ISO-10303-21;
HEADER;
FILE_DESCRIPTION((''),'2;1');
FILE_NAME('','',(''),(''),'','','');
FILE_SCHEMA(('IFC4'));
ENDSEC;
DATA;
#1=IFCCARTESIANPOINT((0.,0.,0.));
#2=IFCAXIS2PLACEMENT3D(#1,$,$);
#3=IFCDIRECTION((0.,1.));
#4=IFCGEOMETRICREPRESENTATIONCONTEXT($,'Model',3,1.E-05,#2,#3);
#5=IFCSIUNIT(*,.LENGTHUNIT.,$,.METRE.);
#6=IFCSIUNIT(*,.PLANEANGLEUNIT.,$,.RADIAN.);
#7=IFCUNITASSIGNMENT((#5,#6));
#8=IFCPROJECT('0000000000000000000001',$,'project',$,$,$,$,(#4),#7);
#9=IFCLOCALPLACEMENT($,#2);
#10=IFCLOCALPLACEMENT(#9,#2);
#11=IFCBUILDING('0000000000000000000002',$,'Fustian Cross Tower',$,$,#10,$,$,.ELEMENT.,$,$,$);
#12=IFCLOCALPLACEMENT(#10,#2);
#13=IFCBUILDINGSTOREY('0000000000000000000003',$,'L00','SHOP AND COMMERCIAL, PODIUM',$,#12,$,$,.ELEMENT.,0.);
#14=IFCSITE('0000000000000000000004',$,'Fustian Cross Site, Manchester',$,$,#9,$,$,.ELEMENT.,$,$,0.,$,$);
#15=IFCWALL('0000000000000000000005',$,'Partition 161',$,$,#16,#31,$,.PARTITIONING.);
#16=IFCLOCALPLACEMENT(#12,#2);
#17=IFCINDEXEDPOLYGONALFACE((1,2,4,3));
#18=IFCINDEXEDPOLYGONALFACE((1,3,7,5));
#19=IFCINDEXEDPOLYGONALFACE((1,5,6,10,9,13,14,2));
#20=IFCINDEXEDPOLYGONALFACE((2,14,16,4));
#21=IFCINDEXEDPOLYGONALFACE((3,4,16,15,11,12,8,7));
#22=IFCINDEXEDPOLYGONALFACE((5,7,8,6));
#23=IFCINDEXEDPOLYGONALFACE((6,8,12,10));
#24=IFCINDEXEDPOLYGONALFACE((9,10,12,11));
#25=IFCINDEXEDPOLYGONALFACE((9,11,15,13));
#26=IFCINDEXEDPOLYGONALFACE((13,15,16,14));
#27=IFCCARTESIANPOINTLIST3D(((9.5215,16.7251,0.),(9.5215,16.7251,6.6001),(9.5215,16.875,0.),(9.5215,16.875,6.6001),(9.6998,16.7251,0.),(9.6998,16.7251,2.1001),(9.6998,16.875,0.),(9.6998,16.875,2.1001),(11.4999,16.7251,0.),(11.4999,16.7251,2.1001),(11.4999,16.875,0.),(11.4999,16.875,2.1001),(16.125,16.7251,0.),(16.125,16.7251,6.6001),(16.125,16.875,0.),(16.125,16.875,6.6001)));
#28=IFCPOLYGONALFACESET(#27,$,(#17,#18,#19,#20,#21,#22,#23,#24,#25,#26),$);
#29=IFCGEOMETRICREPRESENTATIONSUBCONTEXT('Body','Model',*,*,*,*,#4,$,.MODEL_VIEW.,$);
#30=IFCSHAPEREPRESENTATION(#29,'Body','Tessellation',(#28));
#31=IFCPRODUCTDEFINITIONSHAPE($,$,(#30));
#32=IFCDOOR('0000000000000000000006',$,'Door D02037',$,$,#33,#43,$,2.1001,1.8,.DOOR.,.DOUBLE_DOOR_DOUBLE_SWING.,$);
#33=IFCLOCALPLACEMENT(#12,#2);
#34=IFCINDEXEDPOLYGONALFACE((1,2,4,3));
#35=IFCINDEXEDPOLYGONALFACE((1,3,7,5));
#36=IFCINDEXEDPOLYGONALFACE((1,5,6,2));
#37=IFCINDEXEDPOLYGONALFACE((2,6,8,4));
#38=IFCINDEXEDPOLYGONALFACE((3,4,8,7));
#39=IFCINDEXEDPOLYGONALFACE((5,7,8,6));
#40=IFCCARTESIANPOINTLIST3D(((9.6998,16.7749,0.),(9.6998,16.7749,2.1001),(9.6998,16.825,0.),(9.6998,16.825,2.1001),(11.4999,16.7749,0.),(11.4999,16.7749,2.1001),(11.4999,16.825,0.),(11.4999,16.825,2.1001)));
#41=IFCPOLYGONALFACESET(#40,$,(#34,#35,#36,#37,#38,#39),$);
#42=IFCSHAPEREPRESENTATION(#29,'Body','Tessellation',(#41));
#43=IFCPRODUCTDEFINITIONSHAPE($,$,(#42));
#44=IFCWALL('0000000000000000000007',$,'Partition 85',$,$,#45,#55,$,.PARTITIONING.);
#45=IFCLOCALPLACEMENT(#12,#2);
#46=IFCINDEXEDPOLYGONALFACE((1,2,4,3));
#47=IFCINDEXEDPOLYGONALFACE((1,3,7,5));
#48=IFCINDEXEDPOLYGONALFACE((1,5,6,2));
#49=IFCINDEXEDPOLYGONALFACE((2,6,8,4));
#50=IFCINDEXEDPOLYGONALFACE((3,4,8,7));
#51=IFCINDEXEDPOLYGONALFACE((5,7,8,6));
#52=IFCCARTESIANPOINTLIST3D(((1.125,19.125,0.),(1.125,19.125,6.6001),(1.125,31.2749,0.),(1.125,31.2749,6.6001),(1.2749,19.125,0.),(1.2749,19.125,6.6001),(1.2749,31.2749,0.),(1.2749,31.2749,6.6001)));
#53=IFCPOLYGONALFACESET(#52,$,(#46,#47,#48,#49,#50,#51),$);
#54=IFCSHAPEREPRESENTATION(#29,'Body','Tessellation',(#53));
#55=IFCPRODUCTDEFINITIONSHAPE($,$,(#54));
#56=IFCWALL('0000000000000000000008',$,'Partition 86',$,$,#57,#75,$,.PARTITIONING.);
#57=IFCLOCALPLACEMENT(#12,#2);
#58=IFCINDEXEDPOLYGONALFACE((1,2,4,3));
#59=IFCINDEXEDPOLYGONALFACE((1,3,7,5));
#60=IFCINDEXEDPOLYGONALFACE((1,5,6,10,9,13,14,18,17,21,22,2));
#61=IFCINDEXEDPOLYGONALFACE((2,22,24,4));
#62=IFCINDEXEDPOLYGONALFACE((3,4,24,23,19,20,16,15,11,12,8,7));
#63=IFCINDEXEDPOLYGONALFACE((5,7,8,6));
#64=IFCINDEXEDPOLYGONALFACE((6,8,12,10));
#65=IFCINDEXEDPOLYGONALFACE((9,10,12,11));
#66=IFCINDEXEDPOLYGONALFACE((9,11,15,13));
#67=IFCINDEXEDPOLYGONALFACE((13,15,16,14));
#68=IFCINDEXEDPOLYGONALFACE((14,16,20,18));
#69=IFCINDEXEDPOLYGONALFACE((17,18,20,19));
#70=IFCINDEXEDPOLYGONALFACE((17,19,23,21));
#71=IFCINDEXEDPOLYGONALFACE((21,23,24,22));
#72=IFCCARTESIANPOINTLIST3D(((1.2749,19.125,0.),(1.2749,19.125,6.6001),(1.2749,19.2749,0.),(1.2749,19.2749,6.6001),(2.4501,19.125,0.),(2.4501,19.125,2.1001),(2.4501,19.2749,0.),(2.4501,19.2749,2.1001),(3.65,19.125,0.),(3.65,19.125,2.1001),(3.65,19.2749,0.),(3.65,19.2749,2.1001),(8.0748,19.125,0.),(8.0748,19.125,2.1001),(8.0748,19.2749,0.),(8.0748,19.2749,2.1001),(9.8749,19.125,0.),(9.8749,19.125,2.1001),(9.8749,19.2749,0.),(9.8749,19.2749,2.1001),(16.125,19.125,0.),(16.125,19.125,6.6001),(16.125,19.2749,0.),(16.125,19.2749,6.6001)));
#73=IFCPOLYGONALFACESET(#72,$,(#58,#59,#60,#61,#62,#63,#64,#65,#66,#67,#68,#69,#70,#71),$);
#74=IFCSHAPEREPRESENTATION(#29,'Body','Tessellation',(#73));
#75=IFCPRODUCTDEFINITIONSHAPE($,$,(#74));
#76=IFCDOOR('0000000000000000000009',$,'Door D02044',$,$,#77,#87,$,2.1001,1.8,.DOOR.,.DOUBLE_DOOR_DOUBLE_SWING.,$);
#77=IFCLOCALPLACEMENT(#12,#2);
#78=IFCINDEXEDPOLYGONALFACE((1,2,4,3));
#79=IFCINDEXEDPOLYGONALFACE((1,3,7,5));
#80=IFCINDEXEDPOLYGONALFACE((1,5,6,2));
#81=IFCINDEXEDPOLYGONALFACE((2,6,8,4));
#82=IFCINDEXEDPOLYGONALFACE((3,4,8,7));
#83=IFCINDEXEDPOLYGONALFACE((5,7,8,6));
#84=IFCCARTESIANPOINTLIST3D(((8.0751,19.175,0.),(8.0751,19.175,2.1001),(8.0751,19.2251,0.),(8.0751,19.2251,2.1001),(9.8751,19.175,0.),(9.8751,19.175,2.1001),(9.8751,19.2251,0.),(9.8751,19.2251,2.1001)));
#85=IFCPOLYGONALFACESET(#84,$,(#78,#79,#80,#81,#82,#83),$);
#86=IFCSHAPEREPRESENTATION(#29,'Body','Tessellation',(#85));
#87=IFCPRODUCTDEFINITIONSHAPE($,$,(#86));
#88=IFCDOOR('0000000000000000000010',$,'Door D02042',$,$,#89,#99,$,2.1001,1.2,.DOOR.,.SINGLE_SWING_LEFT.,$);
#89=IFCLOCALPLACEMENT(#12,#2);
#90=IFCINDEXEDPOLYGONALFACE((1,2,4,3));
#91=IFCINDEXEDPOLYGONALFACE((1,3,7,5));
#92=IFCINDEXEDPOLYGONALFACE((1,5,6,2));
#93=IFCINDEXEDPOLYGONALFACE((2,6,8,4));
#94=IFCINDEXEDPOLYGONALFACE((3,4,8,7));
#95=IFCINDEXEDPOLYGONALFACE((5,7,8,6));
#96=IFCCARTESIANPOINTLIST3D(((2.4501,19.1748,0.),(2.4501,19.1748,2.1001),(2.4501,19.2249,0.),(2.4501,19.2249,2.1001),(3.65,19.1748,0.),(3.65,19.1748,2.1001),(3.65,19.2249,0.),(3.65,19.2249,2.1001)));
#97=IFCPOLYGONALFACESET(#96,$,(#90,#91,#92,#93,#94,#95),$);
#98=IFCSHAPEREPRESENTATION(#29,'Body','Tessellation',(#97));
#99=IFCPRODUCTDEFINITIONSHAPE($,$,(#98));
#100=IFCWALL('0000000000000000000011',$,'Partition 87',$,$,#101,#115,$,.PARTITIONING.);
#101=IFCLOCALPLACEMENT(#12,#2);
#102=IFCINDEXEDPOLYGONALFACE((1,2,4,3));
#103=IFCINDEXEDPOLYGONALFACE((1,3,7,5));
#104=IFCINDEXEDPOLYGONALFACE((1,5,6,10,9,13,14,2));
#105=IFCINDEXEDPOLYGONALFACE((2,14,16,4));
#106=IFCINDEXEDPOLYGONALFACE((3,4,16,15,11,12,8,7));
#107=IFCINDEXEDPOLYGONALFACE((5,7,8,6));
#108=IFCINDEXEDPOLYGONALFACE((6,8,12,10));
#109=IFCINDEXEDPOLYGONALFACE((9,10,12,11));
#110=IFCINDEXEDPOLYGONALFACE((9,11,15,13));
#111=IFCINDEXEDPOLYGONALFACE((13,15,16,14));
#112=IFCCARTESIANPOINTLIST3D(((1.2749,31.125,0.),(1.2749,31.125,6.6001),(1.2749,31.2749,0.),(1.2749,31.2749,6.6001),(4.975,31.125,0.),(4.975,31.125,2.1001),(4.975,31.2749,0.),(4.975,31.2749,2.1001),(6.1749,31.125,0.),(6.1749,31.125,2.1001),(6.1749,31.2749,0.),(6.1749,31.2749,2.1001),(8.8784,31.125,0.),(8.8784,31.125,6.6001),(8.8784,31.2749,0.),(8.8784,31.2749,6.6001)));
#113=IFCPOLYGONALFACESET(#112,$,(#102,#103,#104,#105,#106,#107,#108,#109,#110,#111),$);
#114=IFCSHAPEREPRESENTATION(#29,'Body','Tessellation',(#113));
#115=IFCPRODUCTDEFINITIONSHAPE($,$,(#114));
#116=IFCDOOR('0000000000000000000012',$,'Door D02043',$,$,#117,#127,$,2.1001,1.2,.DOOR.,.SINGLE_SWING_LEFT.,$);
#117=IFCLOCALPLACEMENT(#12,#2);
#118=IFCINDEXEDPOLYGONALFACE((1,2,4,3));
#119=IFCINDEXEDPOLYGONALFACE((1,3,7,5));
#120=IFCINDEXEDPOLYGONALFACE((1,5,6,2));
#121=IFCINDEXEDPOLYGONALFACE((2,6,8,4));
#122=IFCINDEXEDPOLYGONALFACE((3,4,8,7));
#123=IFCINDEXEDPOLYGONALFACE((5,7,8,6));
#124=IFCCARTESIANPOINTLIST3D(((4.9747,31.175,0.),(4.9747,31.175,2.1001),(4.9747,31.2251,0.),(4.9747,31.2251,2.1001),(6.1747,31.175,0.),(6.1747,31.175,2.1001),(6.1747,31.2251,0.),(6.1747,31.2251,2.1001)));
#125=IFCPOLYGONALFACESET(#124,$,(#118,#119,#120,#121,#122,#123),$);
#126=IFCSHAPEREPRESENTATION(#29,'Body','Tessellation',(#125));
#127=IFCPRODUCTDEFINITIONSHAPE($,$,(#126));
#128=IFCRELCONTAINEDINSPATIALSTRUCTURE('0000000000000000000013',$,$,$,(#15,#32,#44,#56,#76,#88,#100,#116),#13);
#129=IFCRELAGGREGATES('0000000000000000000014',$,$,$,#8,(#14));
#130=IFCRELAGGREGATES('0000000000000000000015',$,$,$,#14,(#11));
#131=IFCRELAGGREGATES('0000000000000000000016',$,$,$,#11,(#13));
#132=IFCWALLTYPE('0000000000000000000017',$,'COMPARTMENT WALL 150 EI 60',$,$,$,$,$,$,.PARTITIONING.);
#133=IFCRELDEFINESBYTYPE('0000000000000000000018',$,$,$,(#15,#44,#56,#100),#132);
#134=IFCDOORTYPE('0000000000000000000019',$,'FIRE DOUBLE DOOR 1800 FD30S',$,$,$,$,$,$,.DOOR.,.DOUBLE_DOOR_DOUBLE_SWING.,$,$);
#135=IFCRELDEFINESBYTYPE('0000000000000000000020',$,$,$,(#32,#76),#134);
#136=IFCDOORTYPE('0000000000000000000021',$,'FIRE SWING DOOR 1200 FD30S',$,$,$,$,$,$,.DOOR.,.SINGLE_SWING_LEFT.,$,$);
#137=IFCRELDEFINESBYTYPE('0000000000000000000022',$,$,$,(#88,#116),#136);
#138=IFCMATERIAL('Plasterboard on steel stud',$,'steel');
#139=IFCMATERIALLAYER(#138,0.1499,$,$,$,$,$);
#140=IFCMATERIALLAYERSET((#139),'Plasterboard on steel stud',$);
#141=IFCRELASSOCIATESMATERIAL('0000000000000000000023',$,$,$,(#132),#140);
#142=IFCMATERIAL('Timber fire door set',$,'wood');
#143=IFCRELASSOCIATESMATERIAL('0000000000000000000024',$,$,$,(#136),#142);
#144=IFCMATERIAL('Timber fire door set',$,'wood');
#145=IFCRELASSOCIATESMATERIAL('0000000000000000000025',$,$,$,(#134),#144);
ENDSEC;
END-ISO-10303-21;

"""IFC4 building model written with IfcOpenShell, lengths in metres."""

from ifc_helpers import new_model, si_unit, direction, frame, frame_2d, origin, place, context, subcontext, project, spatial, rectangle, extrude, material, layer, layer_set, type_object, element, fill, save


model = new_model("IFC4")

# Units and contexts
model_context = context("Model", 3, precision=1e-05, world=origin(), true_north=direction((0.0, 1.0)))
body_context = subcontext(model_context, "Body", "Model", "MODEL_VIEW")
ifc_project = project(units=[si_unit("LENGTHUNIT", "METRE"), si_unit("PLANEANGLEUNIT", "RADIAN")], contexts=[model_context])

# Site, building, storey
site_placement = place(None, origin())
site = spatial("IfcSite", under=ifc_project, at=site_placement, Name="Fustian Cross Site, Manchester", CompositionType="ELEMENT", RefElevation=0.0)
building_placement = place(site_placement, origin())
building = spatial("IfcBuilding", under=site, at=building_placement, Name="Fustian Cross Tower", CompositionType="ELEMENT")
storey_placement = place(building_placement, origin())
storey = spatial("IfcBuildingStorey", under=building, at=storey_placement, Name="L00", Description="SHOP AND COMMERCIAL, PODIUM", CompositionType="ELEMENT", Elevation=0.0)

# Wall, opening, door
ifc_material_1 = material(Name="Plasterboard on steel stud", Category="steel")
ifc_layer = layer(ifc_material_1, 0.1499)
ifc_layer_set = layer_set([ifc_layer], Name="Plasterboard on steel stud")
wall_type = type_object("IfcWallType", Name="COMPARTMENT WALL 150 EI 60", PredefinedType="PARTITIONING", material=ifc_layer_set)
ifc_material_2 = material(Name="Timber fire door set", Category="wood")
door_type_1 = type_object("IfcDoorType", Name="FIRE SWING DOOR 1200 FD30S", OperationType="SINGLE_SWING_LEFT", PredefinedType="DOOR", material=ifc_material_2)
wall_1_placement = place(storey_placement, frame((9.5215, 16.8, 0.0), z_axis=(0.0, 0.0, 1.0), x_axis=(1.0, 0.0, 0.0)))
wall_1 = element("IfcWall", 1, at=wall_1_placement, inside=storey, type_object=wall_type, Name="Partition 161", PredefinedType="PARTITIONING", context=body_context, shape_type="SweptSolid", body=[
    extrude(rectangle(XDim=6.6035, YDim=0.1499, at=frame_2d((3.3018, 0.0))), origin(), (0.0, 0.0, 1.0), 6.6001),
])
opening_1_placement = place(wall_1_placement, frame((0.1785, 0.0, 0.0)))
opening_1 = element("IfcOpeningElement", 2, at=opening_1_placement, cuts=wall_1, PredefinedType="OPENING", context=body_context, shape_type="SweptSolid", body=[
    extrude(rectangle(XDim=1.8, YDim=2.1001, at=frame_2d((0.8999, 1.05))), frame((0.0, 0.085, 0.0), z_axis=(0.0, -1.0, 0.0), x_axis=(1.0, 0.0, 0.0)), (0.0, 0.0, 1.0), 0.1699),
])
ifc_material_3 = material(Name="Timber fire door set", Category="wood")
door_type_2 = type_object("IfcDoorType", Name="FIRE DOUBLE DOOR 1800 FD30S", OperationType="DOUBLE_DOOR_DOUBLE_SWING", PredefinedType="DOOR", material=ifc_material_3)
door_1_placement = place(opening_1_placement, origin())
door_1 = element("IfcDoor", 3, at=door_1_placement, inside=storey, type_object=door_type_2, Name="Door D02037", OperationType="DOUBLE_DOOR_DOUBLE_SWING", OverallHeight=2.1001, OverallWidth=1.8, PredefinedType="DOOR", context=body_context, shape_type="SweptSolid", body=[
    extrude(rectangle(XDim=1.8, YDim=2.1001, at=frame_2d((0.8999, 1.05))), frame((0.0, 0.0249, 0.0), z_axis=(0.0, -1.0, 0.0), x_axis=(1.0, 0.0, 0.0)), (0.0, 0.0, 1.0), 0.05),
])
fill(opening_1, door_1)

# Wall
wall_2_placement = place(storey_placement, frame((1.2, 19.125, 0.0), z_axis=(0.0, 0.0, 1.0), x_axis=(0.0, 1.0, 0.0)))
element("IfcWall", 4, at=wall_2_placement, inside=storey, type_object=wall_type, Name="Partition 85", PredefinedType="PARTITIONING", context=body_context, shape_type="SweptSolid", body=[
    extrude(rectangle(XDim=12.1499, YDim=0.1499, at=frame_2d((6.075, 0.0))), origin(), (0.0, 0.0, 1.0), 6.6001),
])

# Wall, openings, doors
wall_3_placement = place(storey_placement, frame((1.2749, 19.2, 0.0), z_axis=(0.0, 0.0, 1.0), x_axis=(1.0, 0.0, 0.0)))
wall_3 = element("IfcWall", 5, at=wall_3_placement, inside=storey, type_object=wall_type, Name="Partition 86", PredefinedType="PARTITIONING", context=body_context, shape_type="SweptSolid", body=[
    extrude(rectangle(XDim=14.8501, YDim=0.1499, at=frame_2d((7.425, 0.0))), origin(), (0.0, 0.0, 1.0), 6.6001),
])
opening_2_placement = place(wall_3_placement, frame((1.175, 0.0, 0.0)))
opening_2 = element("IfcOpeningElement", 6, at=opening_2_placement, cuts=wall_3, PredefinedType="OPENING", context=body_context, shape_type="SweptSolid", body=[
    extrude(rectangle(XDim=1.2, YDim=2.1001, at=frame_2d((0.6001, 1.05))), frame((0.0, 0.085, 0.0), z_axis=(0.0, -1.0, 0.0), x_axis=(1.0, 0.0, 0.0)), (0.0, 0.0, 1.0), 0.1699),
])
opening_3_placement = place(wall_3_placement, frame((6.8, 0.0, 0.0)))
opening_3 = element("IfcOpeningElement", 7, at=opening_3_placement, cuts=wall_3, PredefinedType="OPENING", context=body_context, shape_type="SweptSolid", body=[
    extrude(rectangle(XDim=1.8, YDim=2.1001, at=frame_2d((0.8999, 1.05))), frame((0.0, 0.085, 0.0), z_axis=(0.0, -1.0, 0.0), x_axis=(1.0, 0.0, 0.0)), (0.0, 0.0, 1.0), 0.1699),
])
door_2_placement = place(opening_3_placement, frame((1.8, 0.0, 0.0), z_axis=(0.0, 0.0, 1.0), x_axis=(-1.0, 0.0, 0.0)))
door_2 = element("IfcDoor", 8, at=door_2_placement, inside=storey, type_object=door_type_2, Name="Door D02044", OperationType="DOUBLE_DOOR_DOUBLE_SWING", OverallHeight=2.1001, OverallWidth=1.8, PredefinedType="DOOR", context=body_context, shape_type="SweptSolid", body=[
    extrude(rectangle(XDim=1.8, YDim=2.1001, at=frame_2d((0.8999, 1.05))), frame((0.0, 0.0249, 0.0), z_axis=(0.0, -1.0, 0.0), x_axis=(1.0, 0.0, 0.0)), (0.0, 0.0, 1.0), 0.05),
])
fill(opening_3, door_2)
door_3_placement = place(opening_2_placement, origin())
door_3 = element("IfcDoor", 9, at=door_3_placement, inside=storey, type_object=door_type_1, Name="Door D02042", OperationType="SINGLE_SWING_LEFT", OverallHeight=2.1001, OverallWidth=1.2, PredefinedType="DOOR", context=body_context, shape_type="SweptSolid", body=[
    extrude(rectangle(XDim=1.2, YDim=2.1001, at=frame_2d((0.6001, 1.05))), frame((0.0, 0.0249, 0.0), z_axis=(0.0, -1.0, 0.0), x_axis=(1.0, 0.0, 0.0)), (0.0, 0.0, 1.0), 0.05),
])
fill(opening_2, door_3)

# Wall, opening, door
wall_4_placement = place(storey_placement, frame((1.2749, 31.2, 0.0), z_axis=(0.0, 0.0, 1.0), x_axis=(1.0, 0.0, 0.0)))
wall_4 = element("IfcWall", 10, at=wall_4_placement, inside=storey, type_object=wall_type, Name="Partition 87", PredefinedType="PARTITIONING", context=body_context, shape_type="SweptSolid", body=[
    extrude(rectangle(XDim=7.6035, YDim=0.1499, at=frame_2d((3.8018, 0.0))), origin(), (0.0, 0.0, 1.0), 6.6001),
])
opening_4_placement = place(wall_4_placement, frame((3.7, 0.0, 0.0)))
opening_4 = element("IfcOpeningElement", 11, at=opening_4_placement, cuts=wall_4, PredefinedType="OPENING", context=body_context, shape_type="SweptSolid", body=[
    extrude(rectangle(XDim=1.2, YDim=2.1001, at=frame_2d((0.6001, 1.05))), frame((0.0, 0.085, 0.0), z_axis=(0.0, -1.0, 0.0), x_axis=(1.0, 0.0, 0.0)), (0.0, 0.0, 1.0), 0.1699),
])
door_4_placement = place(opening_4_placement, frame((1.2, 0.0, 0.0), z_axis=(0.0, 0.0, 1.0), x_axis=(-1.0, 0.0, 0.0)))
door_4 = element("IfcDoor", 12, at=door_4_placement, inside=storey, type_object=door_type_1, Name="Door D02043", OperationType="SINGLE_SWING_LEFT", OverallHeight=2.1001, OverallWidth=1.2, PredefinedType="DOOR", context=body_context, shape_type="SweptSolid", body=[
    extrude(rectangle(XDim=1.2, YDim=2.1001, at=frame_2d((0.6001, 1.05))), frame((0.0, 0.0249, 0.0), z_axis=(0.0, -1.0, 0.0), x_axis=(1.0, 0.0, 0.0)), (0.0, 0.0, 1.0), 0.05),
])
fill(opening_4, door_4)

save(model, "model.ifc")
